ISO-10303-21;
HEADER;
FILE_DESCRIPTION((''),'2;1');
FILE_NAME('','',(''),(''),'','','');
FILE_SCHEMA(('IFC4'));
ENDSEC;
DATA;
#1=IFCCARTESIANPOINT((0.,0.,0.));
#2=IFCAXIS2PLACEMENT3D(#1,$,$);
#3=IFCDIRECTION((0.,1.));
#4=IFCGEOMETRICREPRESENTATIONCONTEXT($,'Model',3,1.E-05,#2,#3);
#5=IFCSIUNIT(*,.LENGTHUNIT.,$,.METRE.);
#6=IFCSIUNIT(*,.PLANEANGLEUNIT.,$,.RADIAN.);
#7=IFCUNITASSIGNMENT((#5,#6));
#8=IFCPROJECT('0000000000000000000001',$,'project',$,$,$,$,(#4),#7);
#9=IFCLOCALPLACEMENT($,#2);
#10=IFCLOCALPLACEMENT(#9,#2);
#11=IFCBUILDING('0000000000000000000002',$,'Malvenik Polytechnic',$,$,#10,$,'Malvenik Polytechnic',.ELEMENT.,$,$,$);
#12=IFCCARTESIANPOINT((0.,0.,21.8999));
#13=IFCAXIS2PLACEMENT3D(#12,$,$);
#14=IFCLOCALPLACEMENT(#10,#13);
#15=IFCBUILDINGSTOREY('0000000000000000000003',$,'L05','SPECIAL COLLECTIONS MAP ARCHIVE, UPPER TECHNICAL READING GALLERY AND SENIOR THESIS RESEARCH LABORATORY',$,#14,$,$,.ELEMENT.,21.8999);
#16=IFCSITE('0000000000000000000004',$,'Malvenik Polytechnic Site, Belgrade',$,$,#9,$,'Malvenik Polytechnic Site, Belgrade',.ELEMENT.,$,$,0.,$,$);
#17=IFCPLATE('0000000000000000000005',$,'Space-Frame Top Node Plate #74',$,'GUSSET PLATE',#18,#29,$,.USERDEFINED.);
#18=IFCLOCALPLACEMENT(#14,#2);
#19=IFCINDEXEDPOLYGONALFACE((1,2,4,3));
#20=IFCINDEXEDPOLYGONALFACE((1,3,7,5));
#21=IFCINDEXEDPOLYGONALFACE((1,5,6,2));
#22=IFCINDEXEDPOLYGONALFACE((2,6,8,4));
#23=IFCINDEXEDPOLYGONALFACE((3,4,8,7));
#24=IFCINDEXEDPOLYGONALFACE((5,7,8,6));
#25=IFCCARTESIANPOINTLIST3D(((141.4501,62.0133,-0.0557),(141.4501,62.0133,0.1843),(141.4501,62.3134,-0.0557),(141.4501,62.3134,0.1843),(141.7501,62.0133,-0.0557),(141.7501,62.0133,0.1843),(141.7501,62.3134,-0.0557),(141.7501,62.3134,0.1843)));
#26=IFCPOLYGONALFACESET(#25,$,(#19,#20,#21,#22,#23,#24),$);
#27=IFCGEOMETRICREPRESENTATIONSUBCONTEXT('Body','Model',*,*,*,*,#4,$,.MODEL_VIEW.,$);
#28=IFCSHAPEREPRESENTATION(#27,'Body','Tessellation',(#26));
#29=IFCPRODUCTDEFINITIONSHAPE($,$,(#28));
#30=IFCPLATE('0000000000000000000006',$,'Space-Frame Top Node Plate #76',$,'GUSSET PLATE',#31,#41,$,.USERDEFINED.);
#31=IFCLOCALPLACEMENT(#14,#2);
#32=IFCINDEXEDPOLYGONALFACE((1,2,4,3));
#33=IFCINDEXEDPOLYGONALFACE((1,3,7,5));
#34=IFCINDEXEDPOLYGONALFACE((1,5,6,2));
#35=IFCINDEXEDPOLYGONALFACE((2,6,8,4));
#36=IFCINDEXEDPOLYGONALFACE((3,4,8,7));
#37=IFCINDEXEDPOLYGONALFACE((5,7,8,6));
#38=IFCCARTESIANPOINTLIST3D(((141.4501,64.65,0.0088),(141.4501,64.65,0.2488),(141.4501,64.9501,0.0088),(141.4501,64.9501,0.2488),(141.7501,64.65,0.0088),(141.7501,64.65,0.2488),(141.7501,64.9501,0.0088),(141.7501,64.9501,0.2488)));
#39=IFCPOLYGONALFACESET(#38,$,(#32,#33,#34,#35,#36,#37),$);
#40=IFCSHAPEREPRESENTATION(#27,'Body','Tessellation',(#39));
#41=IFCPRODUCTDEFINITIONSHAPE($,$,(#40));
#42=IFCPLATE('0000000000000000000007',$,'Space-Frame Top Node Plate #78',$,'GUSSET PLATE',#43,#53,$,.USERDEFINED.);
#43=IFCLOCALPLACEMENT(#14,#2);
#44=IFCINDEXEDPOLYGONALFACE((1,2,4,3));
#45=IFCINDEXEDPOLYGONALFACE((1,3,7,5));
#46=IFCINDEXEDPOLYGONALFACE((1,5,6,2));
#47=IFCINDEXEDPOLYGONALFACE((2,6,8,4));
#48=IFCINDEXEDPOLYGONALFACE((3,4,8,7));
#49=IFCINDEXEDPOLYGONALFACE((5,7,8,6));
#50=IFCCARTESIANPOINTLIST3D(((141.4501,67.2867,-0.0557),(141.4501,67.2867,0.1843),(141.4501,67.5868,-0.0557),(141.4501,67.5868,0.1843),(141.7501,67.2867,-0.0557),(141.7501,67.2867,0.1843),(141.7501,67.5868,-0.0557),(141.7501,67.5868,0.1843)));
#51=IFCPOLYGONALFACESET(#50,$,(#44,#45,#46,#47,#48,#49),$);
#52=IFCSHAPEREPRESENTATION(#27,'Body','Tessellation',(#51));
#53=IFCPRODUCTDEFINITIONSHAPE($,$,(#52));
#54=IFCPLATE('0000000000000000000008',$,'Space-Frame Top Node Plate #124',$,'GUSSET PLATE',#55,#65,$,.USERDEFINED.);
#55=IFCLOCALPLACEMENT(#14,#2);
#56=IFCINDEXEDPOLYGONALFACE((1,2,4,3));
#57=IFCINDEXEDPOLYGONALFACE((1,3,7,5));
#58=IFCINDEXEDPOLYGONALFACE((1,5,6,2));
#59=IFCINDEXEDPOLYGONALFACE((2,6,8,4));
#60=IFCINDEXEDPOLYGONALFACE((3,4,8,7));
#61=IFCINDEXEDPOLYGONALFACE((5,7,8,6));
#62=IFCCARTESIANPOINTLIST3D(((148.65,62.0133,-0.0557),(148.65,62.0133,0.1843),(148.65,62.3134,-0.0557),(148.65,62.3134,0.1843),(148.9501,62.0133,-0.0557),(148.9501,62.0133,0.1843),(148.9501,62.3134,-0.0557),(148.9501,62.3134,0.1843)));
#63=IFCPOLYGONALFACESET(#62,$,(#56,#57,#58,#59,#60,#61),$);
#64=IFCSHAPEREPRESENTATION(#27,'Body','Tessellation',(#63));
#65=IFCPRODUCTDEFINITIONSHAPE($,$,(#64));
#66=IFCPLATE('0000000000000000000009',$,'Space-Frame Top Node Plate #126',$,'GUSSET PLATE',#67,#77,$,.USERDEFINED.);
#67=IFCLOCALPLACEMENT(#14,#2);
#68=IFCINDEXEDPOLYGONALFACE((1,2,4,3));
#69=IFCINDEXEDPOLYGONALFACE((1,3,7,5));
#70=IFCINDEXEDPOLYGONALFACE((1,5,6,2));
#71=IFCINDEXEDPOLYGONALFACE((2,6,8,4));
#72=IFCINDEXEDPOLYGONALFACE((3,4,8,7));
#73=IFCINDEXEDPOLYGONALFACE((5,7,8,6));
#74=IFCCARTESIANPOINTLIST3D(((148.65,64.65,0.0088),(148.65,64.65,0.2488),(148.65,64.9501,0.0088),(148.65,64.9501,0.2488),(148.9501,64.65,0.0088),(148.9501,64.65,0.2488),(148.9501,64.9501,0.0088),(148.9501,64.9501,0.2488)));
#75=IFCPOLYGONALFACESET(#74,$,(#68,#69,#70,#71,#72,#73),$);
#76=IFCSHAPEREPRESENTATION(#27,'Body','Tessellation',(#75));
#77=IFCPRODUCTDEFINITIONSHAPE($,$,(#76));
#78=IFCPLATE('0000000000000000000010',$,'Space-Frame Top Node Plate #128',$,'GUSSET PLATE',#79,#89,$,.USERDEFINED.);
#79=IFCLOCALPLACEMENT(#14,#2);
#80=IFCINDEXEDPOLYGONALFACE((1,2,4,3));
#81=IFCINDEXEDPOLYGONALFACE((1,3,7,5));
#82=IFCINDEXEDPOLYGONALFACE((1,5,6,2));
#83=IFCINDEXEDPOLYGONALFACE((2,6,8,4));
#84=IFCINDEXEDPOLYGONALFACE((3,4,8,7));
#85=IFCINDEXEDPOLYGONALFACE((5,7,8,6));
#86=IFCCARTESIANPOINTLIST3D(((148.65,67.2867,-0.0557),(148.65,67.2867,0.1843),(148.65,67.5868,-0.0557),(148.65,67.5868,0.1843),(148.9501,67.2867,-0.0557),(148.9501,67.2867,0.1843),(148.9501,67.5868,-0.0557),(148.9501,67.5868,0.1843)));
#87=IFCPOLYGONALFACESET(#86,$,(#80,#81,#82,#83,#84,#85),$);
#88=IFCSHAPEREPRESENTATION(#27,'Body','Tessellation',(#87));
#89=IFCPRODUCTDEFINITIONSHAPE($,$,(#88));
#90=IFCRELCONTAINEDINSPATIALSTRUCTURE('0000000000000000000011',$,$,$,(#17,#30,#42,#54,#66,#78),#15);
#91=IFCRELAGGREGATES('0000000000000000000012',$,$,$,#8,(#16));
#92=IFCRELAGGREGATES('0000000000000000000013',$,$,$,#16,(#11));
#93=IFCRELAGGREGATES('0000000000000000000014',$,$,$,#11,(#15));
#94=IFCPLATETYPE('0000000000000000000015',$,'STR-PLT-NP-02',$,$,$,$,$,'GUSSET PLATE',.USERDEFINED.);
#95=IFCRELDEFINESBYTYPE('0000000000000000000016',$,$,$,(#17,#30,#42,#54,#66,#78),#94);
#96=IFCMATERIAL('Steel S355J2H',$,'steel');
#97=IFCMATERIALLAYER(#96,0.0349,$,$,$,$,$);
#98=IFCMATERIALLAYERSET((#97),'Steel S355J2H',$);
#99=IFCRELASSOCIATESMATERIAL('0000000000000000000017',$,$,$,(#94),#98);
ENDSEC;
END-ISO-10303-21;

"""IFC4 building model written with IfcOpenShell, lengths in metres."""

from ifc_helpers import new_model, si_unit, direction, frame, origin, origin_2d, place, context, subcontext, project, spatial, rectangle, extrude, material, layer, layer_set, type_object, element, save


model = new_model("IFC4")

# Units and contexts
model_context = context("Model", 3, precision=1e-05, world=origin(), true_north=direction((0.0, 1.0)))
body_context = subcontext(model_context, "Body", "Model", "MODEL_VIEW")
ifc_project = project(units=[si_unit("LENGTHUNIT", "METRE"), si_unit("PLANEANGLEUNIT", "RADIAN")], contexts=[model_context])

# Site, building, storey
site_placement = place(None, origin())
site = spatial("IfcSite", under=ifc_project, at=site_placement, Name="Malvenik Polytechnic Site, Belgrade", LongName="Malvenik Polytechnic Site, Belgrade", CompositionType="ELEMENT", RefElevation=0.0)
building_placement = place(site_placement, origin())
building = spatial("IfcBuilding", under=site, at=building_placement, Name="Malvenik Polytechnic", LongName="Malvenik Polytechnic", CompositionType="ELEMENT")
storey_placement = place(building_placement, frame((0.0, 0.0, 21.8999)))
storey = spatial("IfcBuildingStorey", under=building, at=storey_placement, Name="L05", Description="SPECIAL COLLECTIONS MAP ARCHIVE, UPPER TECHNICAL READING GALLERY AND SENIOR THESIS RESEARCH LABORATORY", CompositionType="ELEMENT", Elevation=21.8999)

# Shared definitions
ifc_material = material(Name="Steel S355J2H", Category="steel")

# Plates
ifc_layer = layer(ifc_material, 0.0349)
ifc_layer_set = layer_set([ifc_layer], Name="Steel S355J2H")
plate_type = type_object("IfcPlateType", Name="STR-PLT-NP-02", ElementType="GUSSET PLATE", PredefinedType="USERDEFINED", material=ifc_layer_set)
for number, where, z_axis, x_axis, name in (
    (1, (141.6001, 62.1633, -0.0557), (0.0, 0.0, 1.0), (1.0, 0.0, 0.0), "Space-Frame Top Node Plate #74"),
    (2, (141.6001, 64.8, 0.0088), (0.0, 0.0, 1.0), (1.0, 0.0, 0.0), "Space-Frame Top Node Plate #76"),
    (3, (141.6001, 67.4368, -0.0557), (0.0, 0.0, 1.0), (1.0, 0.0, 0.0), "Space-Frame Top Node Plate #78"),
    (4, (148.8, 62.1633, -0.0557), (0.0, 0.0, 1.0), (1.0, 0.0, 0.0), "Space-Frame Top Node Plate #124"),
    (5, (148.8, 64.8, 0.0088), (0.0, 0.0, 1.0), (1.0, 0.0, 0.0), "Space-Frame Top Node Plate #126"),
    (6, (148.8, 67.4368, -0.0557), (0.0, 0.0, 1.0), (1.0, 0.0, 0.0), "Space-Frame Top Node Plate #128"),
):
    element("IfcPlate", number, at=place(storey_placement, frame(where, z_axis=z_axis, x_axis=x_axis)), inside=storey, type_object=plate_type, Name=name, ObjectType="GUSSET PLATE", PredefinedType="USERDEFINED", context=body_context, shape_type="SweptSolid", body=[
        extrude(rectangle(XDim=0.3, YDim=0.3, at=origin_2d()), origin(), (0.0, 0.0, 1.0), 0.24),
    ])

save(model, "model.ifc")
